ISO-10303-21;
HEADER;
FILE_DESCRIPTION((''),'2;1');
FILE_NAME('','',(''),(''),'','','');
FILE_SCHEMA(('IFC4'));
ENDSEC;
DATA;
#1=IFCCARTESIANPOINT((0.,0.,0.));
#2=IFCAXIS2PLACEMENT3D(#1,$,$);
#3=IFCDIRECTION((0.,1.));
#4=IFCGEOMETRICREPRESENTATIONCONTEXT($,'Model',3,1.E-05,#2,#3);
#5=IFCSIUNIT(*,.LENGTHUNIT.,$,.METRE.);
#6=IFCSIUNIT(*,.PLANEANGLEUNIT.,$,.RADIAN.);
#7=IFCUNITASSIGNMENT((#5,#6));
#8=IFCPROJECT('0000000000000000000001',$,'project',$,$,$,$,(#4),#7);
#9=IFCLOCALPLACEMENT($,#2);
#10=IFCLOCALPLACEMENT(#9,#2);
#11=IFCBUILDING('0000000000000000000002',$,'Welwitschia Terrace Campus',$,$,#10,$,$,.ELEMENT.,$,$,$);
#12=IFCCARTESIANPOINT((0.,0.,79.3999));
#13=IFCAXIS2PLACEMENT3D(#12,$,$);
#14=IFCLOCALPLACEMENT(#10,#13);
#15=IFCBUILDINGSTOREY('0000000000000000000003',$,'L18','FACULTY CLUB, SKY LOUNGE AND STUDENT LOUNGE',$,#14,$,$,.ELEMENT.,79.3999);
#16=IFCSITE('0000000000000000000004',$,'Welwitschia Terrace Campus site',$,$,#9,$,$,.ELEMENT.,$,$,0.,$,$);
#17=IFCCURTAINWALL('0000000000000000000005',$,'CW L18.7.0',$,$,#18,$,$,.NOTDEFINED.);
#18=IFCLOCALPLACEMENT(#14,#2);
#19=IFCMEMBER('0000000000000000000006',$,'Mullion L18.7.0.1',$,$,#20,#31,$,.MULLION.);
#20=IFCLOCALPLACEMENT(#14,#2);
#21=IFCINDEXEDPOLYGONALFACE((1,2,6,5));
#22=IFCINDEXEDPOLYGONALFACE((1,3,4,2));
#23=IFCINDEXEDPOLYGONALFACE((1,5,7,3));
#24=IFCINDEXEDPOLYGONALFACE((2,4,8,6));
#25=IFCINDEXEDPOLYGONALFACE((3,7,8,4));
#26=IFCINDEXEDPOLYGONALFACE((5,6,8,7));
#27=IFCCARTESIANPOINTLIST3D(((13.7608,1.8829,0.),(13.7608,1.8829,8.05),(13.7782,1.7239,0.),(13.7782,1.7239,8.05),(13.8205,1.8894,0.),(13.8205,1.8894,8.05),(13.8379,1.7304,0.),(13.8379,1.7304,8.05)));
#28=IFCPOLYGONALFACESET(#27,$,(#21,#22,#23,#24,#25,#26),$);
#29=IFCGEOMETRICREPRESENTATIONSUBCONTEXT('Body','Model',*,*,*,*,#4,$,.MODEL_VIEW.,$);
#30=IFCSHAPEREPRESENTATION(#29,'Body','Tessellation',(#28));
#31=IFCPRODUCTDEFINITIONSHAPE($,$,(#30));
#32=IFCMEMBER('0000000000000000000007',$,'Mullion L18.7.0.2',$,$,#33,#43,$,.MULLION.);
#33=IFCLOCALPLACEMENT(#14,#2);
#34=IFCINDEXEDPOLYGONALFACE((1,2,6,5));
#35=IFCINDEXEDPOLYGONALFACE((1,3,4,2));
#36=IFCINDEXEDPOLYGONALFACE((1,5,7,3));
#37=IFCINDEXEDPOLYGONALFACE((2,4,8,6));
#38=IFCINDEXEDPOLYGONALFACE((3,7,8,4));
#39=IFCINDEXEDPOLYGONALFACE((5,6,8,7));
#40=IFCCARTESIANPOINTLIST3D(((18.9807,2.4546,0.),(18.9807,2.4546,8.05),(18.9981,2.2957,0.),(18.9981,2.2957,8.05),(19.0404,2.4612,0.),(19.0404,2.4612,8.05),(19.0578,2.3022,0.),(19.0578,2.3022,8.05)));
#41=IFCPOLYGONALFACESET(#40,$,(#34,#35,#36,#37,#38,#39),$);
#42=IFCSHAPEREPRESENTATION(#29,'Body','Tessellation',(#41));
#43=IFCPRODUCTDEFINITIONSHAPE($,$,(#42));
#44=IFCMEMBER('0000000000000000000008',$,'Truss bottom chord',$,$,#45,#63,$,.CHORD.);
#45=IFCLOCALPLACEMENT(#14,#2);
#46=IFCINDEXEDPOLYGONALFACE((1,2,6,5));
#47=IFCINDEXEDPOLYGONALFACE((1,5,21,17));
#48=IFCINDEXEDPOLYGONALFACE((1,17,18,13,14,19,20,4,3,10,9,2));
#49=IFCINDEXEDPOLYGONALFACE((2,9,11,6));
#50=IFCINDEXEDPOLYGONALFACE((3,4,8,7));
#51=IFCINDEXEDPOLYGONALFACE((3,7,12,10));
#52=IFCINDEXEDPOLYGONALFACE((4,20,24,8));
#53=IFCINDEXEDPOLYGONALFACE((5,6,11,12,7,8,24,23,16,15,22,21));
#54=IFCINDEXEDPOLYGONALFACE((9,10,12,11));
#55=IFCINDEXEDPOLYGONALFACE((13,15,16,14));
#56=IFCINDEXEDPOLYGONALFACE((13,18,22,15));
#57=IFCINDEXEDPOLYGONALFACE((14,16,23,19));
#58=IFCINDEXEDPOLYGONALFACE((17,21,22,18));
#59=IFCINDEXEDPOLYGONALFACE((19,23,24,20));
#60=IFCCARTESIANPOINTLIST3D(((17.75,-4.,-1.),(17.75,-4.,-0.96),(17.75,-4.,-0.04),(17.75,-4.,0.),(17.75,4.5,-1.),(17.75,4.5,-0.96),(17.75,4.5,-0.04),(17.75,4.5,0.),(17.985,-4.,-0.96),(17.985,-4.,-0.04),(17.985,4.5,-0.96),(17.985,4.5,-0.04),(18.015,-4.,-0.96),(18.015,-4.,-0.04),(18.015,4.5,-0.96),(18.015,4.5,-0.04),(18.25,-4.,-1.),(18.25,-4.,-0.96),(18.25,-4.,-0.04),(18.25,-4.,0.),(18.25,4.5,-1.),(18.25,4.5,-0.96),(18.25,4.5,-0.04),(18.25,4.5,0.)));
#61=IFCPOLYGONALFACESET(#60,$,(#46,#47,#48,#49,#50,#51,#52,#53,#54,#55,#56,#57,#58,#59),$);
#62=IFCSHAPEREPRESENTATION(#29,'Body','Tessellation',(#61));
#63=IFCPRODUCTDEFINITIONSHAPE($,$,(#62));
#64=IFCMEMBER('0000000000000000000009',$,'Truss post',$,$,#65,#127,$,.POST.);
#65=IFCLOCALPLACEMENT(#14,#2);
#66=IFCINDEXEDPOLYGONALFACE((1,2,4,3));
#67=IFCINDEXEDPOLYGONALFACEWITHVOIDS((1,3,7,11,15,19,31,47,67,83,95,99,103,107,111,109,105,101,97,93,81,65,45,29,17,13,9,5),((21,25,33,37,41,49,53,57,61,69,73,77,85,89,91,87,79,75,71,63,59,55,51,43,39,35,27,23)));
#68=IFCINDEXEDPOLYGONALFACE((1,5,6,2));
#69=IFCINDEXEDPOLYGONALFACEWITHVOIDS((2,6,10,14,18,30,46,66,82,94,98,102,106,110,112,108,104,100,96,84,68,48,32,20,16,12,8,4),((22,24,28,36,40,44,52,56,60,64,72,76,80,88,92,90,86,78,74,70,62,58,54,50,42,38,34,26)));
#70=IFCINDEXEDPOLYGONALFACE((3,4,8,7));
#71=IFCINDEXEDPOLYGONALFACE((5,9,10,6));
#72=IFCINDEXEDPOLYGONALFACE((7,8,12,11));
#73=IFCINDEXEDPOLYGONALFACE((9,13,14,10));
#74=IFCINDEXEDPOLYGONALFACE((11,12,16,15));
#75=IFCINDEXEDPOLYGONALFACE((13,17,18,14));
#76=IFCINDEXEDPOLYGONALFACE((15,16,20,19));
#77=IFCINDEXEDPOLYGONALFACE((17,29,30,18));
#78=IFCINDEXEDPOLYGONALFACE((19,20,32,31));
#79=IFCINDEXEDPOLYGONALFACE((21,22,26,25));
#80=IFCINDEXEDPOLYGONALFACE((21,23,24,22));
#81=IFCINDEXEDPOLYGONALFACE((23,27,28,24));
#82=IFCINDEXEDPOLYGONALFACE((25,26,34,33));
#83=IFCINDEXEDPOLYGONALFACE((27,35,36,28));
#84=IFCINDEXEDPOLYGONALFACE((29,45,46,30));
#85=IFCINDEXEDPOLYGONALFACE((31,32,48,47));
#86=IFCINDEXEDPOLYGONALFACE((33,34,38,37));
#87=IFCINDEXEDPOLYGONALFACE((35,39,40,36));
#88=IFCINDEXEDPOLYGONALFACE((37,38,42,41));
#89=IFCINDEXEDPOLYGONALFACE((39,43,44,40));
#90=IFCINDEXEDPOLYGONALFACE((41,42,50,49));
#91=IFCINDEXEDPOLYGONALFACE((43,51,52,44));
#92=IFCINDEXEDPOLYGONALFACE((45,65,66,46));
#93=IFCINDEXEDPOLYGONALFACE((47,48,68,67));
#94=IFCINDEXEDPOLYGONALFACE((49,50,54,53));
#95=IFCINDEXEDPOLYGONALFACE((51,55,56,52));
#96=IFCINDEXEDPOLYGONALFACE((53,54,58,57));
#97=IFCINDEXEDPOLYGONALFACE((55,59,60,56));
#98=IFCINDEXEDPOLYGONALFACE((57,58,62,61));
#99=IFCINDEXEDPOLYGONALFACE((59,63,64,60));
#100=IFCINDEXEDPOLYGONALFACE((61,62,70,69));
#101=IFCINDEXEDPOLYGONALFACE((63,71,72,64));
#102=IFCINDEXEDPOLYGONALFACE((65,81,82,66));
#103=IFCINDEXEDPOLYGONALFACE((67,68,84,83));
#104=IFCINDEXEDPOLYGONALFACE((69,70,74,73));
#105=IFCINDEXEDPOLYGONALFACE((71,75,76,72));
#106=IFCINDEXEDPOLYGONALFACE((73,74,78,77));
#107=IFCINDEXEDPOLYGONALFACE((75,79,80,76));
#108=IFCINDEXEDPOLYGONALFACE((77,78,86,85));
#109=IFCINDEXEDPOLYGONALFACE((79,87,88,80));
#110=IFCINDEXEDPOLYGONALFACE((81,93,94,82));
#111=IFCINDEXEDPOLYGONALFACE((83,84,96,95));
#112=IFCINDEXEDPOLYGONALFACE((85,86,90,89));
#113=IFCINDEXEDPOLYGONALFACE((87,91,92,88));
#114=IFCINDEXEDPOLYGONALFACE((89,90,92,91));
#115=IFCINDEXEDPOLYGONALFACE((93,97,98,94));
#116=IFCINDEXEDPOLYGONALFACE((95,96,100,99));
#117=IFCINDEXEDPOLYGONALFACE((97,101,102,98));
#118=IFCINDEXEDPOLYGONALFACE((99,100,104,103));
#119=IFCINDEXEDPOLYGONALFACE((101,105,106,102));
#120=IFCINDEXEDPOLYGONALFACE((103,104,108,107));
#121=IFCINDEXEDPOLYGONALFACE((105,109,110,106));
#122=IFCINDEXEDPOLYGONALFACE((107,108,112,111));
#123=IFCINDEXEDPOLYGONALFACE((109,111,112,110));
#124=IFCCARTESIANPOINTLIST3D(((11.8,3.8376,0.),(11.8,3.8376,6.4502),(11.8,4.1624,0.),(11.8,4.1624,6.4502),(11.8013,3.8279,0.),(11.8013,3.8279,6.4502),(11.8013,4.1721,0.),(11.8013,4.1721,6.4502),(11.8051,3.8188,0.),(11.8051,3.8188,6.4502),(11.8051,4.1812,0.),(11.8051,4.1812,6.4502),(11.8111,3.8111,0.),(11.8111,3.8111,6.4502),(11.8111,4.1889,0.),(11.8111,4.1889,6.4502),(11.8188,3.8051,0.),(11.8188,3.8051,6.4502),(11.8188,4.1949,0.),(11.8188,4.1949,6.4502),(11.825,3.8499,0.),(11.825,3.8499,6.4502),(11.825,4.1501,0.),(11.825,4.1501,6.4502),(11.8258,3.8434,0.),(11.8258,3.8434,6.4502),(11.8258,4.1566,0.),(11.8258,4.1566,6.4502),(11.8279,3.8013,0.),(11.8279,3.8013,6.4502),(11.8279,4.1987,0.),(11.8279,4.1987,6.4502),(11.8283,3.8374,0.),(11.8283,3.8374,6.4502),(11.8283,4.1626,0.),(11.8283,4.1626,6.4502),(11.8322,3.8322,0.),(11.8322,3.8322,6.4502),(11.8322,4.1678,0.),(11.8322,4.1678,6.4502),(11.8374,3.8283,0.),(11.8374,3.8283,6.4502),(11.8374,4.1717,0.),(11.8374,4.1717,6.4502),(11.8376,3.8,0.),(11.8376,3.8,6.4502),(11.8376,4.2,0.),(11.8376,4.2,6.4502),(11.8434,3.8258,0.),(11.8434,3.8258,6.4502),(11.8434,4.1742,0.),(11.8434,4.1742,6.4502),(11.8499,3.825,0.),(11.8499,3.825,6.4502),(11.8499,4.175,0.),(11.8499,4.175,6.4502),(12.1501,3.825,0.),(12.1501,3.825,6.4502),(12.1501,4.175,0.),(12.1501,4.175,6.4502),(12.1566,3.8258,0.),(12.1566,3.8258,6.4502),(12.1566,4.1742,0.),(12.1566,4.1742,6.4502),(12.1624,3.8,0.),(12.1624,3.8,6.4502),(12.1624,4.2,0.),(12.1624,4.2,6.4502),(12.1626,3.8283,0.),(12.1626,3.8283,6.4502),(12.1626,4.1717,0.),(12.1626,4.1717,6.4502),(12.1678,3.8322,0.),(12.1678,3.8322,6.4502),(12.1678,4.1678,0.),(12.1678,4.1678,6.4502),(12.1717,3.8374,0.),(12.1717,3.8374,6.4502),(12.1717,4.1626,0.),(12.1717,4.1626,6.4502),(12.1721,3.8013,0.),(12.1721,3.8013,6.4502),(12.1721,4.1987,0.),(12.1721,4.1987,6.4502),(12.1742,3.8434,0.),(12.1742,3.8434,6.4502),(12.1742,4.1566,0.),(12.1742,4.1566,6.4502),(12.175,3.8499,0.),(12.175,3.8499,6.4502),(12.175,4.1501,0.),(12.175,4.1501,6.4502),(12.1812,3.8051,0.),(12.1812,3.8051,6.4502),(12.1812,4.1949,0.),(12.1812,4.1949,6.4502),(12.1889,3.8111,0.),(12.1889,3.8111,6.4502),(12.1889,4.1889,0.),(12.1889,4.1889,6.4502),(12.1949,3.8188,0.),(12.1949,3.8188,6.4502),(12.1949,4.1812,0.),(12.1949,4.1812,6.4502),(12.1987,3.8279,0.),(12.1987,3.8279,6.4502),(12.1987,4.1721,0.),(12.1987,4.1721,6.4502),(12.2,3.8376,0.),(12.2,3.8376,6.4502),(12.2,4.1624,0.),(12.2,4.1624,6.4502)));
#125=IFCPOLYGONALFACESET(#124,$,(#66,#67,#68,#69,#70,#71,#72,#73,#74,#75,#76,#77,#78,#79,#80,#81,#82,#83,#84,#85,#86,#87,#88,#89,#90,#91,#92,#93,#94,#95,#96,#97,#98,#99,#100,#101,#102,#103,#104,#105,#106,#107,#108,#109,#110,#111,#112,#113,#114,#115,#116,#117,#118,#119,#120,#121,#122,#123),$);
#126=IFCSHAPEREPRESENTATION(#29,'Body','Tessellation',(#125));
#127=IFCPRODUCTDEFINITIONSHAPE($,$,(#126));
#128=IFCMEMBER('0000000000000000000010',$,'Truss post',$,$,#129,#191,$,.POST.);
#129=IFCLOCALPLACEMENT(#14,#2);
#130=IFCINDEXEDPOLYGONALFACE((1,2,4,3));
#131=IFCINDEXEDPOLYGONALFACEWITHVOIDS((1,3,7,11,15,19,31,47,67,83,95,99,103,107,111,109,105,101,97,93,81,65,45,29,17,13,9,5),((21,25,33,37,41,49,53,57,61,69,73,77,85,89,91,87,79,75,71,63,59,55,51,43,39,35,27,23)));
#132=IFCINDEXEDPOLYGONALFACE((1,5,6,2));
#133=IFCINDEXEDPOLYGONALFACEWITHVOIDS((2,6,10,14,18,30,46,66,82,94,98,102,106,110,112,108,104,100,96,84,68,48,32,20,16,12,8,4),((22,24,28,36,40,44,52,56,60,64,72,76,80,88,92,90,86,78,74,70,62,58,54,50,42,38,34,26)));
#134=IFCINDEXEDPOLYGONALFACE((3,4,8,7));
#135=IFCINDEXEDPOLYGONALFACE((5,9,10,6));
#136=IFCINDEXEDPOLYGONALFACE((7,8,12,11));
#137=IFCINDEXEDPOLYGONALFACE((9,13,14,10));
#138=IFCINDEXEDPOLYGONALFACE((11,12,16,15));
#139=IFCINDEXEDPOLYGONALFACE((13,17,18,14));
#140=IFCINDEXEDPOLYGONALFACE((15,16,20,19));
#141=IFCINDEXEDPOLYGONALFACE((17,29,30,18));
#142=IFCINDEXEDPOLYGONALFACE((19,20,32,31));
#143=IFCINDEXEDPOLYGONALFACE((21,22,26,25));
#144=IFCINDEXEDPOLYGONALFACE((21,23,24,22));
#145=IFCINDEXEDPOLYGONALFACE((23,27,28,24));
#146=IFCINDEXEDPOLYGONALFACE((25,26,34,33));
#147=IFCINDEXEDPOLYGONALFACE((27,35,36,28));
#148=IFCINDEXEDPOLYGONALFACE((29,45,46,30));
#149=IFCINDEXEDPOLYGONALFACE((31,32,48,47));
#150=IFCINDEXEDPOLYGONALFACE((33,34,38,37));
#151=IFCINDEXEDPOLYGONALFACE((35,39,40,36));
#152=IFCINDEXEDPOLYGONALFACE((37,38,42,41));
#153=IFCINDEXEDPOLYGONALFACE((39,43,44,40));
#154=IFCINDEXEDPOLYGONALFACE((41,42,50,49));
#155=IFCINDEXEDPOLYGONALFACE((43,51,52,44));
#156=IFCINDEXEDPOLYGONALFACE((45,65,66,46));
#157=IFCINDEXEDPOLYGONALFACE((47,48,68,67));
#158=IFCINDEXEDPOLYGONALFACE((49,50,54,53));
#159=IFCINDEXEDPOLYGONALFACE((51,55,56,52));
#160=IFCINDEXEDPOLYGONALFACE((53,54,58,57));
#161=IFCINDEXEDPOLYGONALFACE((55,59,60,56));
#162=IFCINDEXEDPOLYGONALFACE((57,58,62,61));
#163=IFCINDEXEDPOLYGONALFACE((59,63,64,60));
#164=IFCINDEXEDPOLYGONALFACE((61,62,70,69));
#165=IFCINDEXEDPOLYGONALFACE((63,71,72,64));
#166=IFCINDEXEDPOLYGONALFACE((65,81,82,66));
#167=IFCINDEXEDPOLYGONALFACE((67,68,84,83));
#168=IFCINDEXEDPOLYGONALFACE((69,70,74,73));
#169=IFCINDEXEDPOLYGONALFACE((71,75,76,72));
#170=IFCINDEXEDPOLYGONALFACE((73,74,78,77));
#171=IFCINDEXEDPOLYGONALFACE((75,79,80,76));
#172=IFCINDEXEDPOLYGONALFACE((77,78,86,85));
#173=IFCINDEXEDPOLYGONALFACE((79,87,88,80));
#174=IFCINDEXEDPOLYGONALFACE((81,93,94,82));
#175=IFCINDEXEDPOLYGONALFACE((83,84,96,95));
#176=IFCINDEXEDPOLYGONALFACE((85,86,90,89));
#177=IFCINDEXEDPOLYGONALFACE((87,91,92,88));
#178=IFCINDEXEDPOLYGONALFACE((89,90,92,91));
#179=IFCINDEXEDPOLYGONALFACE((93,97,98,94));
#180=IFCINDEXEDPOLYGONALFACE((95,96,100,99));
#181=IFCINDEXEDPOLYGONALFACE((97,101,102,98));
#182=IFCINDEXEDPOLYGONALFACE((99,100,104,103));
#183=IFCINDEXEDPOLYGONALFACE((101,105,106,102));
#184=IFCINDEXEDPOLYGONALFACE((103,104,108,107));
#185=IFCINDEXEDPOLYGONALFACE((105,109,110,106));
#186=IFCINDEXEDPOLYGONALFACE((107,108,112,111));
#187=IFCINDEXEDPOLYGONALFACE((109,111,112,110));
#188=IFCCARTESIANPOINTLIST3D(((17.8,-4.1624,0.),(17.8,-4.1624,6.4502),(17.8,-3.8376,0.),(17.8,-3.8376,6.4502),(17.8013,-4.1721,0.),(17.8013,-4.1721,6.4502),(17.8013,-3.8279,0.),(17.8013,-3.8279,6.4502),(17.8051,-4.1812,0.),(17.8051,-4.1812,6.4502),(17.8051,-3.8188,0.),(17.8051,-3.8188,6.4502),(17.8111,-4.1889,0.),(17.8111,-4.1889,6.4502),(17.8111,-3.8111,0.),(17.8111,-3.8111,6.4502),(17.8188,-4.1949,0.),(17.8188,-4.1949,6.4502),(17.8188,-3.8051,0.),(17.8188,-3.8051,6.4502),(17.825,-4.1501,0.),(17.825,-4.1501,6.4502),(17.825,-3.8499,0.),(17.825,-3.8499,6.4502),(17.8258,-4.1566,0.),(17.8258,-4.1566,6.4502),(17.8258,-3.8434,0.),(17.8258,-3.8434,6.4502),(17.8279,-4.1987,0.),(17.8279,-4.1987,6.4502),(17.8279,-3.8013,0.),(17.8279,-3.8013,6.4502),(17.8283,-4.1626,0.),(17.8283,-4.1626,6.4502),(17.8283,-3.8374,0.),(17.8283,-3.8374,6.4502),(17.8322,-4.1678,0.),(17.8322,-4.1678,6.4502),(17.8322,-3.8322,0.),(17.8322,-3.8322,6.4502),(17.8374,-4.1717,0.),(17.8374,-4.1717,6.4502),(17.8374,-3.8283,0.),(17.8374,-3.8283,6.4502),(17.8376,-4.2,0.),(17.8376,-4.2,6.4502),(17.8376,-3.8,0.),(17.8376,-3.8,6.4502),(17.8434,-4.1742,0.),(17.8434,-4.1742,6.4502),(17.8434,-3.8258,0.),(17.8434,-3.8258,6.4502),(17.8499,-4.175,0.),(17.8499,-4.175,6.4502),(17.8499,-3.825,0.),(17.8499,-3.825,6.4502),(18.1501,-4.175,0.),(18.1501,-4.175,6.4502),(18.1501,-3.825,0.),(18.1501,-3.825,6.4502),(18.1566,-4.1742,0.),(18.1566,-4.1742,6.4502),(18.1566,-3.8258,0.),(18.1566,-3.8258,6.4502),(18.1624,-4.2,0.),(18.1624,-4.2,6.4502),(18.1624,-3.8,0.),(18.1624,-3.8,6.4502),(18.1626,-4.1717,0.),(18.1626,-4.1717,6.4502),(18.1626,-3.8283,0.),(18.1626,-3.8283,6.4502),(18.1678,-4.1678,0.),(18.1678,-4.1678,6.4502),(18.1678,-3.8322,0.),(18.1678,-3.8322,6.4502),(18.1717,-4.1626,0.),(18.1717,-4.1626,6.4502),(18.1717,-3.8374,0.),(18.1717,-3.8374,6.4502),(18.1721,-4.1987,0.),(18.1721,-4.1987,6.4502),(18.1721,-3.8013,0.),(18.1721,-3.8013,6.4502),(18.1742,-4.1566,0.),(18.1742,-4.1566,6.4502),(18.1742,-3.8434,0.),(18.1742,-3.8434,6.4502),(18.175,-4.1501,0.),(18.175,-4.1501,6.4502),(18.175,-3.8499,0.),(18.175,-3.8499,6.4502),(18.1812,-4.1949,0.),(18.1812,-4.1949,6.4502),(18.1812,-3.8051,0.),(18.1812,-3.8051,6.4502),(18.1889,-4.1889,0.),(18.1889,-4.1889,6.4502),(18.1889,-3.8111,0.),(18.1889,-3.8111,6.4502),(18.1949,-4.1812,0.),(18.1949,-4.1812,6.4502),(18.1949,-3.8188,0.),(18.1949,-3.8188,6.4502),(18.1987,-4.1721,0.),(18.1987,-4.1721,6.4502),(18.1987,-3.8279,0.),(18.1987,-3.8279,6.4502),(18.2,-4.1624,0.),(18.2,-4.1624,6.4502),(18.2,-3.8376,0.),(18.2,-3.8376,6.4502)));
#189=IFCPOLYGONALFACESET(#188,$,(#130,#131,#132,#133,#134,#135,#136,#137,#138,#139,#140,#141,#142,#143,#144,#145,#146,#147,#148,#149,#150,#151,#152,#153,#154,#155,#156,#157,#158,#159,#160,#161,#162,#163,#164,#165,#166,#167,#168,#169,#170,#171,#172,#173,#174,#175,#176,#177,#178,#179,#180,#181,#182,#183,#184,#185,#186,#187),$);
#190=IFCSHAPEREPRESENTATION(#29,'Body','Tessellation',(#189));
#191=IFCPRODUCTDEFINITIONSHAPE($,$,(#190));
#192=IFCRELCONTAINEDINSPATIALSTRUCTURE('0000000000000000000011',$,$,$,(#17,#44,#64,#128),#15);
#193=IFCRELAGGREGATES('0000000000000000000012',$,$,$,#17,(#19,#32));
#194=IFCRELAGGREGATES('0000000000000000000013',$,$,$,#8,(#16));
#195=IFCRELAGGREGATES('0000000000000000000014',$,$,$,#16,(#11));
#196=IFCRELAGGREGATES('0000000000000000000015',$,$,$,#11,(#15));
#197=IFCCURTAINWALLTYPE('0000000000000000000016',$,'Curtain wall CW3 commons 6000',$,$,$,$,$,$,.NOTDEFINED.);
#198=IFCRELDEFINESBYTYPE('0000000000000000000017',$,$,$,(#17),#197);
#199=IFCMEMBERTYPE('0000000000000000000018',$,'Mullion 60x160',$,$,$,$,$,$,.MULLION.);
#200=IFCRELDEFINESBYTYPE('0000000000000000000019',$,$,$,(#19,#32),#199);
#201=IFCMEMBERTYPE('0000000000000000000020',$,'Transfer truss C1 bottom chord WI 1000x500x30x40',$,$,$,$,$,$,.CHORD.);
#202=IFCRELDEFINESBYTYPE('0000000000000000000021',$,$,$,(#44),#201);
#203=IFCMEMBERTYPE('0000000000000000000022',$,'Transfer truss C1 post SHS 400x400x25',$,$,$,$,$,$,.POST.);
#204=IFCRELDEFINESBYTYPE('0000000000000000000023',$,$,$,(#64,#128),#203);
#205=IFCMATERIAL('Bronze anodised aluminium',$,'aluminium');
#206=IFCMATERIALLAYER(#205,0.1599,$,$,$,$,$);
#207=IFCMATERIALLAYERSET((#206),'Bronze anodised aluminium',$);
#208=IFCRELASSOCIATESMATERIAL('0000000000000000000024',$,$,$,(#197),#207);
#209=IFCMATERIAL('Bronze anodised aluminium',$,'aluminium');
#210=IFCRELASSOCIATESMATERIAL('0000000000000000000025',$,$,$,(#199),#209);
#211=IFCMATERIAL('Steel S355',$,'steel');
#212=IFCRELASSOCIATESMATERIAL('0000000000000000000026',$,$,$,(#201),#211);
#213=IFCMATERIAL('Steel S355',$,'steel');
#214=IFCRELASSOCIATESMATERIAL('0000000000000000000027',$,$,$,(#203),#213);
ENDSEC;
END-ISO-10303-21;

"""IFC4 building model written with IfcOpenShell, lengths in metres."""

from ifc_helpers import new_model, si_unit, direction, frame, origin, origin_2d, place, context, subcontext, project, spatial, rectangle, hollow_rectangle, i_section, extrude, material, layer, layer_set, material_profile, profile_set, type_object, element, aggregate, save


model = new_model("IFC4")

# Units and contexts
model_context = context("Model", 3, precision=1e-05, world=origin(), true_north=direction((0.0, 1.0)))
body_context = subcontext(model_context, "Body", "Model", "MODEL_VIEW")
ifc_project = project(units=[si_unit("LENGTHUNIT", "METRE"), si_unit("PLANEANGLEUNIT", "RADIAN")], contexts=[model_context])

# Site, building, storey
site_placement = place(None, origin())
site = spatial("IfcSite", under=ifc_project, at=site_placement, Name="Welwitschia Terrace Campus site", CompositionType="ELEMENT", RefElevation=0.0)
building_placement = place(site_placement, origin())
building = spatial("IfcBuilding", under=site, at=building_placement, Name="Welwitschia Terrace Campus", CompositionType="ELEMENT")
storey_placement = place(building_placement, frame((0.0, 0.0, 79.3999)))
storey = spatial("IfcBuildingStorey", under=building, at=storey_placement, Name="L18", Description="FACULTY CLUB, SKY LOUNGE AND STUDENT LOUNGE", CompositionType="ELEMENT", Elevation=79.3999)

# Curtain wall, members
ifc_material_1 = material(Name="Bronze anodised aluminium", Category="aluminium")
ifc_layer_1 = layer(ifc_material_1, 0.1599)
ifc_layer_set_1 = layer_set([ifc_layer_1], Name="Bronze anodised aluminium")
curtain_wall_type = type_object("IfcCurtainWallType", Name="Curtain wall CW3 commons 6000", PredefinedType="NOTDEFINED", material=ifc_layer_set_1)
curtain_wall_placement = place(storey_placement, origin())
curtain_wall = element("IfcCurtainWall", 1, at=curtain_wall_placement, inside=storey, type_object=curtain_wall_type, Name="CW L18.7.0", PredefinedType="NOTDEFINED")
ifc_material_2 = material(Name="Bronze anodised aluminium", Category="aluminium")
ifc_material_profile_1 = material_profile(ifc_material_2, rectangle(XDim=0.1599, YDim=0.0601, at=origin_2d()))
ifc_profile_set_1 = profile_set([ifc_material_profile_1], Name="Bronze anodised aluminium")
member_type_1 = type_object("IfcMemberType", Name="Mullion 60x160", PredefinedType="MULLION", material=ifc_profile_set_1)
member_1_placement = place(storey_placement, frame((13.7993, 1.8066, 0.0), z_axis=(0.0, 0.0, 1.0), x_axis=(-0.108867, 0.994056, 0.0)))
member_1 = element("IfcMember", 2, at=member_1_placement, type_object=member_type_1, Name="Mullion L18.7.0.1", PredefinedType="MULLION", context=body_context, shape_type="SweptSolid", body=[
    extrude(rectangle(XDim=0.1599, YDim=0.0601, at=origin_2d()), origin(), (0.0, 0.0, 1.0), 8.05),
])
member_2_placement = place(storey_placement, frame((19.0193, 2.3784, 0.0), z_axis=(0.0, 0.0, 1.0), x_axis=(-0.108867, 0.994056, 0.0)))
member_2 = element("IfcMember", 3, at=member_2_placement, type_object=member_type_1, Name="Mullion L18.7.0.2", PredefinedType="MULLION", context=body_context, shape_type="SweptSolid", body=[
    extrude(rectangle(XDim=0.1599, YDim=0.0601, at=origin_2d()), origin(), (0.0, 0.0, 1.0), 8.05),
])

# Members
ifc_material_3 = material(Name="Steel S355", Category="steel")
ifc_material_profile_2 = material_profile(ifc_material_3, i_section(OverallWidth=0.5, OverallDepth=1.0, WebThickness=0.03, FlangeThickness=0.04, at=origin_2d()))
ifc_profile_set_2 = profile_set([ifc_material_profile_2], Name="Steel S355")
member_type_2 = type_object("IfcMemberType", Name="Transfer truss C1 bottom chord WI 1000x500x30x40", PredefinedType="CHORD", material=ifc_profile_set_2)
member_3_placement = place(storey_placement, frame((18.0, -4.0, -0.5), z_axis=(0.0, 1.0, 0.0), x_axis=(-1.0, 0.0, 0.0)))
element("IfcMember", 4, at=member_3_placement, inside=storey, type_object=member_type_2, Name="Truss bottom chord", PredefinedType="CHORD", context=body_context, shape_type="SweptSolid", body=[
    extrude(i_section(OverallWidth=0.5, OverallDepth=1.0, WebThickness=0.03, FlangeThickness=0.04, at=origin_2d()), origin(), (0.0, 0.0, 1.0), 8.5),
])
ifc_material_4 = material(Name="Steel S355", Category="steel")
ifc_material_profile_3 = material_profile(ifc_material_4, hollow_rectangle(XDim=0.3999, YDim=0.3999, WallThickness=0.0249, InnerFilletRadius=0.0249, OuterFilletRadius=0.0376, at=origin_2d()))
ifc_profile_set_3 = profile_set([ifc_material_profile_3], Name="Steel S355")
member_type_3 = type_object("IfcMemberType", Name="Transfer truss C1 post SHS 400x400x25", PredefinedType="POST", material=ifc_profile_set_3)
for number, where, z_axis, x_axis, name in (
    (5, (12.0, 4.0, 0.0), (0.0, 0.0, 1.0), (1.0, 0.0, 0.0), "Truss post"),
    (6, (18.0, -4.0, 0.0), (0.0, 0.0, 1.0), (1.0, 0.0, 0.0), "Truss post"),
):
    element("IfcMember", number, at=place(storey_placement, frame(where, z_axis=z_axis, x_axis=x_axis)), inside=storey, type_object=member_type_3, Name=name, PredefinedType="POST", context=body_context, shape_type="SweptSolid", body=[
        extrude(hollow_rectangle(XDim=0.3999, YDim=0.3999, WallThickness=0.0249, InnerFilletRadius=0.0249, OuterFilletRadius=0.0376, at=origin_2d()), origin(), (0.0, 0.0, 1.0), 6.4502),
    ])

aggregate(curtain_wall, [member_1, member_2])

save(model, "model.ifc")
